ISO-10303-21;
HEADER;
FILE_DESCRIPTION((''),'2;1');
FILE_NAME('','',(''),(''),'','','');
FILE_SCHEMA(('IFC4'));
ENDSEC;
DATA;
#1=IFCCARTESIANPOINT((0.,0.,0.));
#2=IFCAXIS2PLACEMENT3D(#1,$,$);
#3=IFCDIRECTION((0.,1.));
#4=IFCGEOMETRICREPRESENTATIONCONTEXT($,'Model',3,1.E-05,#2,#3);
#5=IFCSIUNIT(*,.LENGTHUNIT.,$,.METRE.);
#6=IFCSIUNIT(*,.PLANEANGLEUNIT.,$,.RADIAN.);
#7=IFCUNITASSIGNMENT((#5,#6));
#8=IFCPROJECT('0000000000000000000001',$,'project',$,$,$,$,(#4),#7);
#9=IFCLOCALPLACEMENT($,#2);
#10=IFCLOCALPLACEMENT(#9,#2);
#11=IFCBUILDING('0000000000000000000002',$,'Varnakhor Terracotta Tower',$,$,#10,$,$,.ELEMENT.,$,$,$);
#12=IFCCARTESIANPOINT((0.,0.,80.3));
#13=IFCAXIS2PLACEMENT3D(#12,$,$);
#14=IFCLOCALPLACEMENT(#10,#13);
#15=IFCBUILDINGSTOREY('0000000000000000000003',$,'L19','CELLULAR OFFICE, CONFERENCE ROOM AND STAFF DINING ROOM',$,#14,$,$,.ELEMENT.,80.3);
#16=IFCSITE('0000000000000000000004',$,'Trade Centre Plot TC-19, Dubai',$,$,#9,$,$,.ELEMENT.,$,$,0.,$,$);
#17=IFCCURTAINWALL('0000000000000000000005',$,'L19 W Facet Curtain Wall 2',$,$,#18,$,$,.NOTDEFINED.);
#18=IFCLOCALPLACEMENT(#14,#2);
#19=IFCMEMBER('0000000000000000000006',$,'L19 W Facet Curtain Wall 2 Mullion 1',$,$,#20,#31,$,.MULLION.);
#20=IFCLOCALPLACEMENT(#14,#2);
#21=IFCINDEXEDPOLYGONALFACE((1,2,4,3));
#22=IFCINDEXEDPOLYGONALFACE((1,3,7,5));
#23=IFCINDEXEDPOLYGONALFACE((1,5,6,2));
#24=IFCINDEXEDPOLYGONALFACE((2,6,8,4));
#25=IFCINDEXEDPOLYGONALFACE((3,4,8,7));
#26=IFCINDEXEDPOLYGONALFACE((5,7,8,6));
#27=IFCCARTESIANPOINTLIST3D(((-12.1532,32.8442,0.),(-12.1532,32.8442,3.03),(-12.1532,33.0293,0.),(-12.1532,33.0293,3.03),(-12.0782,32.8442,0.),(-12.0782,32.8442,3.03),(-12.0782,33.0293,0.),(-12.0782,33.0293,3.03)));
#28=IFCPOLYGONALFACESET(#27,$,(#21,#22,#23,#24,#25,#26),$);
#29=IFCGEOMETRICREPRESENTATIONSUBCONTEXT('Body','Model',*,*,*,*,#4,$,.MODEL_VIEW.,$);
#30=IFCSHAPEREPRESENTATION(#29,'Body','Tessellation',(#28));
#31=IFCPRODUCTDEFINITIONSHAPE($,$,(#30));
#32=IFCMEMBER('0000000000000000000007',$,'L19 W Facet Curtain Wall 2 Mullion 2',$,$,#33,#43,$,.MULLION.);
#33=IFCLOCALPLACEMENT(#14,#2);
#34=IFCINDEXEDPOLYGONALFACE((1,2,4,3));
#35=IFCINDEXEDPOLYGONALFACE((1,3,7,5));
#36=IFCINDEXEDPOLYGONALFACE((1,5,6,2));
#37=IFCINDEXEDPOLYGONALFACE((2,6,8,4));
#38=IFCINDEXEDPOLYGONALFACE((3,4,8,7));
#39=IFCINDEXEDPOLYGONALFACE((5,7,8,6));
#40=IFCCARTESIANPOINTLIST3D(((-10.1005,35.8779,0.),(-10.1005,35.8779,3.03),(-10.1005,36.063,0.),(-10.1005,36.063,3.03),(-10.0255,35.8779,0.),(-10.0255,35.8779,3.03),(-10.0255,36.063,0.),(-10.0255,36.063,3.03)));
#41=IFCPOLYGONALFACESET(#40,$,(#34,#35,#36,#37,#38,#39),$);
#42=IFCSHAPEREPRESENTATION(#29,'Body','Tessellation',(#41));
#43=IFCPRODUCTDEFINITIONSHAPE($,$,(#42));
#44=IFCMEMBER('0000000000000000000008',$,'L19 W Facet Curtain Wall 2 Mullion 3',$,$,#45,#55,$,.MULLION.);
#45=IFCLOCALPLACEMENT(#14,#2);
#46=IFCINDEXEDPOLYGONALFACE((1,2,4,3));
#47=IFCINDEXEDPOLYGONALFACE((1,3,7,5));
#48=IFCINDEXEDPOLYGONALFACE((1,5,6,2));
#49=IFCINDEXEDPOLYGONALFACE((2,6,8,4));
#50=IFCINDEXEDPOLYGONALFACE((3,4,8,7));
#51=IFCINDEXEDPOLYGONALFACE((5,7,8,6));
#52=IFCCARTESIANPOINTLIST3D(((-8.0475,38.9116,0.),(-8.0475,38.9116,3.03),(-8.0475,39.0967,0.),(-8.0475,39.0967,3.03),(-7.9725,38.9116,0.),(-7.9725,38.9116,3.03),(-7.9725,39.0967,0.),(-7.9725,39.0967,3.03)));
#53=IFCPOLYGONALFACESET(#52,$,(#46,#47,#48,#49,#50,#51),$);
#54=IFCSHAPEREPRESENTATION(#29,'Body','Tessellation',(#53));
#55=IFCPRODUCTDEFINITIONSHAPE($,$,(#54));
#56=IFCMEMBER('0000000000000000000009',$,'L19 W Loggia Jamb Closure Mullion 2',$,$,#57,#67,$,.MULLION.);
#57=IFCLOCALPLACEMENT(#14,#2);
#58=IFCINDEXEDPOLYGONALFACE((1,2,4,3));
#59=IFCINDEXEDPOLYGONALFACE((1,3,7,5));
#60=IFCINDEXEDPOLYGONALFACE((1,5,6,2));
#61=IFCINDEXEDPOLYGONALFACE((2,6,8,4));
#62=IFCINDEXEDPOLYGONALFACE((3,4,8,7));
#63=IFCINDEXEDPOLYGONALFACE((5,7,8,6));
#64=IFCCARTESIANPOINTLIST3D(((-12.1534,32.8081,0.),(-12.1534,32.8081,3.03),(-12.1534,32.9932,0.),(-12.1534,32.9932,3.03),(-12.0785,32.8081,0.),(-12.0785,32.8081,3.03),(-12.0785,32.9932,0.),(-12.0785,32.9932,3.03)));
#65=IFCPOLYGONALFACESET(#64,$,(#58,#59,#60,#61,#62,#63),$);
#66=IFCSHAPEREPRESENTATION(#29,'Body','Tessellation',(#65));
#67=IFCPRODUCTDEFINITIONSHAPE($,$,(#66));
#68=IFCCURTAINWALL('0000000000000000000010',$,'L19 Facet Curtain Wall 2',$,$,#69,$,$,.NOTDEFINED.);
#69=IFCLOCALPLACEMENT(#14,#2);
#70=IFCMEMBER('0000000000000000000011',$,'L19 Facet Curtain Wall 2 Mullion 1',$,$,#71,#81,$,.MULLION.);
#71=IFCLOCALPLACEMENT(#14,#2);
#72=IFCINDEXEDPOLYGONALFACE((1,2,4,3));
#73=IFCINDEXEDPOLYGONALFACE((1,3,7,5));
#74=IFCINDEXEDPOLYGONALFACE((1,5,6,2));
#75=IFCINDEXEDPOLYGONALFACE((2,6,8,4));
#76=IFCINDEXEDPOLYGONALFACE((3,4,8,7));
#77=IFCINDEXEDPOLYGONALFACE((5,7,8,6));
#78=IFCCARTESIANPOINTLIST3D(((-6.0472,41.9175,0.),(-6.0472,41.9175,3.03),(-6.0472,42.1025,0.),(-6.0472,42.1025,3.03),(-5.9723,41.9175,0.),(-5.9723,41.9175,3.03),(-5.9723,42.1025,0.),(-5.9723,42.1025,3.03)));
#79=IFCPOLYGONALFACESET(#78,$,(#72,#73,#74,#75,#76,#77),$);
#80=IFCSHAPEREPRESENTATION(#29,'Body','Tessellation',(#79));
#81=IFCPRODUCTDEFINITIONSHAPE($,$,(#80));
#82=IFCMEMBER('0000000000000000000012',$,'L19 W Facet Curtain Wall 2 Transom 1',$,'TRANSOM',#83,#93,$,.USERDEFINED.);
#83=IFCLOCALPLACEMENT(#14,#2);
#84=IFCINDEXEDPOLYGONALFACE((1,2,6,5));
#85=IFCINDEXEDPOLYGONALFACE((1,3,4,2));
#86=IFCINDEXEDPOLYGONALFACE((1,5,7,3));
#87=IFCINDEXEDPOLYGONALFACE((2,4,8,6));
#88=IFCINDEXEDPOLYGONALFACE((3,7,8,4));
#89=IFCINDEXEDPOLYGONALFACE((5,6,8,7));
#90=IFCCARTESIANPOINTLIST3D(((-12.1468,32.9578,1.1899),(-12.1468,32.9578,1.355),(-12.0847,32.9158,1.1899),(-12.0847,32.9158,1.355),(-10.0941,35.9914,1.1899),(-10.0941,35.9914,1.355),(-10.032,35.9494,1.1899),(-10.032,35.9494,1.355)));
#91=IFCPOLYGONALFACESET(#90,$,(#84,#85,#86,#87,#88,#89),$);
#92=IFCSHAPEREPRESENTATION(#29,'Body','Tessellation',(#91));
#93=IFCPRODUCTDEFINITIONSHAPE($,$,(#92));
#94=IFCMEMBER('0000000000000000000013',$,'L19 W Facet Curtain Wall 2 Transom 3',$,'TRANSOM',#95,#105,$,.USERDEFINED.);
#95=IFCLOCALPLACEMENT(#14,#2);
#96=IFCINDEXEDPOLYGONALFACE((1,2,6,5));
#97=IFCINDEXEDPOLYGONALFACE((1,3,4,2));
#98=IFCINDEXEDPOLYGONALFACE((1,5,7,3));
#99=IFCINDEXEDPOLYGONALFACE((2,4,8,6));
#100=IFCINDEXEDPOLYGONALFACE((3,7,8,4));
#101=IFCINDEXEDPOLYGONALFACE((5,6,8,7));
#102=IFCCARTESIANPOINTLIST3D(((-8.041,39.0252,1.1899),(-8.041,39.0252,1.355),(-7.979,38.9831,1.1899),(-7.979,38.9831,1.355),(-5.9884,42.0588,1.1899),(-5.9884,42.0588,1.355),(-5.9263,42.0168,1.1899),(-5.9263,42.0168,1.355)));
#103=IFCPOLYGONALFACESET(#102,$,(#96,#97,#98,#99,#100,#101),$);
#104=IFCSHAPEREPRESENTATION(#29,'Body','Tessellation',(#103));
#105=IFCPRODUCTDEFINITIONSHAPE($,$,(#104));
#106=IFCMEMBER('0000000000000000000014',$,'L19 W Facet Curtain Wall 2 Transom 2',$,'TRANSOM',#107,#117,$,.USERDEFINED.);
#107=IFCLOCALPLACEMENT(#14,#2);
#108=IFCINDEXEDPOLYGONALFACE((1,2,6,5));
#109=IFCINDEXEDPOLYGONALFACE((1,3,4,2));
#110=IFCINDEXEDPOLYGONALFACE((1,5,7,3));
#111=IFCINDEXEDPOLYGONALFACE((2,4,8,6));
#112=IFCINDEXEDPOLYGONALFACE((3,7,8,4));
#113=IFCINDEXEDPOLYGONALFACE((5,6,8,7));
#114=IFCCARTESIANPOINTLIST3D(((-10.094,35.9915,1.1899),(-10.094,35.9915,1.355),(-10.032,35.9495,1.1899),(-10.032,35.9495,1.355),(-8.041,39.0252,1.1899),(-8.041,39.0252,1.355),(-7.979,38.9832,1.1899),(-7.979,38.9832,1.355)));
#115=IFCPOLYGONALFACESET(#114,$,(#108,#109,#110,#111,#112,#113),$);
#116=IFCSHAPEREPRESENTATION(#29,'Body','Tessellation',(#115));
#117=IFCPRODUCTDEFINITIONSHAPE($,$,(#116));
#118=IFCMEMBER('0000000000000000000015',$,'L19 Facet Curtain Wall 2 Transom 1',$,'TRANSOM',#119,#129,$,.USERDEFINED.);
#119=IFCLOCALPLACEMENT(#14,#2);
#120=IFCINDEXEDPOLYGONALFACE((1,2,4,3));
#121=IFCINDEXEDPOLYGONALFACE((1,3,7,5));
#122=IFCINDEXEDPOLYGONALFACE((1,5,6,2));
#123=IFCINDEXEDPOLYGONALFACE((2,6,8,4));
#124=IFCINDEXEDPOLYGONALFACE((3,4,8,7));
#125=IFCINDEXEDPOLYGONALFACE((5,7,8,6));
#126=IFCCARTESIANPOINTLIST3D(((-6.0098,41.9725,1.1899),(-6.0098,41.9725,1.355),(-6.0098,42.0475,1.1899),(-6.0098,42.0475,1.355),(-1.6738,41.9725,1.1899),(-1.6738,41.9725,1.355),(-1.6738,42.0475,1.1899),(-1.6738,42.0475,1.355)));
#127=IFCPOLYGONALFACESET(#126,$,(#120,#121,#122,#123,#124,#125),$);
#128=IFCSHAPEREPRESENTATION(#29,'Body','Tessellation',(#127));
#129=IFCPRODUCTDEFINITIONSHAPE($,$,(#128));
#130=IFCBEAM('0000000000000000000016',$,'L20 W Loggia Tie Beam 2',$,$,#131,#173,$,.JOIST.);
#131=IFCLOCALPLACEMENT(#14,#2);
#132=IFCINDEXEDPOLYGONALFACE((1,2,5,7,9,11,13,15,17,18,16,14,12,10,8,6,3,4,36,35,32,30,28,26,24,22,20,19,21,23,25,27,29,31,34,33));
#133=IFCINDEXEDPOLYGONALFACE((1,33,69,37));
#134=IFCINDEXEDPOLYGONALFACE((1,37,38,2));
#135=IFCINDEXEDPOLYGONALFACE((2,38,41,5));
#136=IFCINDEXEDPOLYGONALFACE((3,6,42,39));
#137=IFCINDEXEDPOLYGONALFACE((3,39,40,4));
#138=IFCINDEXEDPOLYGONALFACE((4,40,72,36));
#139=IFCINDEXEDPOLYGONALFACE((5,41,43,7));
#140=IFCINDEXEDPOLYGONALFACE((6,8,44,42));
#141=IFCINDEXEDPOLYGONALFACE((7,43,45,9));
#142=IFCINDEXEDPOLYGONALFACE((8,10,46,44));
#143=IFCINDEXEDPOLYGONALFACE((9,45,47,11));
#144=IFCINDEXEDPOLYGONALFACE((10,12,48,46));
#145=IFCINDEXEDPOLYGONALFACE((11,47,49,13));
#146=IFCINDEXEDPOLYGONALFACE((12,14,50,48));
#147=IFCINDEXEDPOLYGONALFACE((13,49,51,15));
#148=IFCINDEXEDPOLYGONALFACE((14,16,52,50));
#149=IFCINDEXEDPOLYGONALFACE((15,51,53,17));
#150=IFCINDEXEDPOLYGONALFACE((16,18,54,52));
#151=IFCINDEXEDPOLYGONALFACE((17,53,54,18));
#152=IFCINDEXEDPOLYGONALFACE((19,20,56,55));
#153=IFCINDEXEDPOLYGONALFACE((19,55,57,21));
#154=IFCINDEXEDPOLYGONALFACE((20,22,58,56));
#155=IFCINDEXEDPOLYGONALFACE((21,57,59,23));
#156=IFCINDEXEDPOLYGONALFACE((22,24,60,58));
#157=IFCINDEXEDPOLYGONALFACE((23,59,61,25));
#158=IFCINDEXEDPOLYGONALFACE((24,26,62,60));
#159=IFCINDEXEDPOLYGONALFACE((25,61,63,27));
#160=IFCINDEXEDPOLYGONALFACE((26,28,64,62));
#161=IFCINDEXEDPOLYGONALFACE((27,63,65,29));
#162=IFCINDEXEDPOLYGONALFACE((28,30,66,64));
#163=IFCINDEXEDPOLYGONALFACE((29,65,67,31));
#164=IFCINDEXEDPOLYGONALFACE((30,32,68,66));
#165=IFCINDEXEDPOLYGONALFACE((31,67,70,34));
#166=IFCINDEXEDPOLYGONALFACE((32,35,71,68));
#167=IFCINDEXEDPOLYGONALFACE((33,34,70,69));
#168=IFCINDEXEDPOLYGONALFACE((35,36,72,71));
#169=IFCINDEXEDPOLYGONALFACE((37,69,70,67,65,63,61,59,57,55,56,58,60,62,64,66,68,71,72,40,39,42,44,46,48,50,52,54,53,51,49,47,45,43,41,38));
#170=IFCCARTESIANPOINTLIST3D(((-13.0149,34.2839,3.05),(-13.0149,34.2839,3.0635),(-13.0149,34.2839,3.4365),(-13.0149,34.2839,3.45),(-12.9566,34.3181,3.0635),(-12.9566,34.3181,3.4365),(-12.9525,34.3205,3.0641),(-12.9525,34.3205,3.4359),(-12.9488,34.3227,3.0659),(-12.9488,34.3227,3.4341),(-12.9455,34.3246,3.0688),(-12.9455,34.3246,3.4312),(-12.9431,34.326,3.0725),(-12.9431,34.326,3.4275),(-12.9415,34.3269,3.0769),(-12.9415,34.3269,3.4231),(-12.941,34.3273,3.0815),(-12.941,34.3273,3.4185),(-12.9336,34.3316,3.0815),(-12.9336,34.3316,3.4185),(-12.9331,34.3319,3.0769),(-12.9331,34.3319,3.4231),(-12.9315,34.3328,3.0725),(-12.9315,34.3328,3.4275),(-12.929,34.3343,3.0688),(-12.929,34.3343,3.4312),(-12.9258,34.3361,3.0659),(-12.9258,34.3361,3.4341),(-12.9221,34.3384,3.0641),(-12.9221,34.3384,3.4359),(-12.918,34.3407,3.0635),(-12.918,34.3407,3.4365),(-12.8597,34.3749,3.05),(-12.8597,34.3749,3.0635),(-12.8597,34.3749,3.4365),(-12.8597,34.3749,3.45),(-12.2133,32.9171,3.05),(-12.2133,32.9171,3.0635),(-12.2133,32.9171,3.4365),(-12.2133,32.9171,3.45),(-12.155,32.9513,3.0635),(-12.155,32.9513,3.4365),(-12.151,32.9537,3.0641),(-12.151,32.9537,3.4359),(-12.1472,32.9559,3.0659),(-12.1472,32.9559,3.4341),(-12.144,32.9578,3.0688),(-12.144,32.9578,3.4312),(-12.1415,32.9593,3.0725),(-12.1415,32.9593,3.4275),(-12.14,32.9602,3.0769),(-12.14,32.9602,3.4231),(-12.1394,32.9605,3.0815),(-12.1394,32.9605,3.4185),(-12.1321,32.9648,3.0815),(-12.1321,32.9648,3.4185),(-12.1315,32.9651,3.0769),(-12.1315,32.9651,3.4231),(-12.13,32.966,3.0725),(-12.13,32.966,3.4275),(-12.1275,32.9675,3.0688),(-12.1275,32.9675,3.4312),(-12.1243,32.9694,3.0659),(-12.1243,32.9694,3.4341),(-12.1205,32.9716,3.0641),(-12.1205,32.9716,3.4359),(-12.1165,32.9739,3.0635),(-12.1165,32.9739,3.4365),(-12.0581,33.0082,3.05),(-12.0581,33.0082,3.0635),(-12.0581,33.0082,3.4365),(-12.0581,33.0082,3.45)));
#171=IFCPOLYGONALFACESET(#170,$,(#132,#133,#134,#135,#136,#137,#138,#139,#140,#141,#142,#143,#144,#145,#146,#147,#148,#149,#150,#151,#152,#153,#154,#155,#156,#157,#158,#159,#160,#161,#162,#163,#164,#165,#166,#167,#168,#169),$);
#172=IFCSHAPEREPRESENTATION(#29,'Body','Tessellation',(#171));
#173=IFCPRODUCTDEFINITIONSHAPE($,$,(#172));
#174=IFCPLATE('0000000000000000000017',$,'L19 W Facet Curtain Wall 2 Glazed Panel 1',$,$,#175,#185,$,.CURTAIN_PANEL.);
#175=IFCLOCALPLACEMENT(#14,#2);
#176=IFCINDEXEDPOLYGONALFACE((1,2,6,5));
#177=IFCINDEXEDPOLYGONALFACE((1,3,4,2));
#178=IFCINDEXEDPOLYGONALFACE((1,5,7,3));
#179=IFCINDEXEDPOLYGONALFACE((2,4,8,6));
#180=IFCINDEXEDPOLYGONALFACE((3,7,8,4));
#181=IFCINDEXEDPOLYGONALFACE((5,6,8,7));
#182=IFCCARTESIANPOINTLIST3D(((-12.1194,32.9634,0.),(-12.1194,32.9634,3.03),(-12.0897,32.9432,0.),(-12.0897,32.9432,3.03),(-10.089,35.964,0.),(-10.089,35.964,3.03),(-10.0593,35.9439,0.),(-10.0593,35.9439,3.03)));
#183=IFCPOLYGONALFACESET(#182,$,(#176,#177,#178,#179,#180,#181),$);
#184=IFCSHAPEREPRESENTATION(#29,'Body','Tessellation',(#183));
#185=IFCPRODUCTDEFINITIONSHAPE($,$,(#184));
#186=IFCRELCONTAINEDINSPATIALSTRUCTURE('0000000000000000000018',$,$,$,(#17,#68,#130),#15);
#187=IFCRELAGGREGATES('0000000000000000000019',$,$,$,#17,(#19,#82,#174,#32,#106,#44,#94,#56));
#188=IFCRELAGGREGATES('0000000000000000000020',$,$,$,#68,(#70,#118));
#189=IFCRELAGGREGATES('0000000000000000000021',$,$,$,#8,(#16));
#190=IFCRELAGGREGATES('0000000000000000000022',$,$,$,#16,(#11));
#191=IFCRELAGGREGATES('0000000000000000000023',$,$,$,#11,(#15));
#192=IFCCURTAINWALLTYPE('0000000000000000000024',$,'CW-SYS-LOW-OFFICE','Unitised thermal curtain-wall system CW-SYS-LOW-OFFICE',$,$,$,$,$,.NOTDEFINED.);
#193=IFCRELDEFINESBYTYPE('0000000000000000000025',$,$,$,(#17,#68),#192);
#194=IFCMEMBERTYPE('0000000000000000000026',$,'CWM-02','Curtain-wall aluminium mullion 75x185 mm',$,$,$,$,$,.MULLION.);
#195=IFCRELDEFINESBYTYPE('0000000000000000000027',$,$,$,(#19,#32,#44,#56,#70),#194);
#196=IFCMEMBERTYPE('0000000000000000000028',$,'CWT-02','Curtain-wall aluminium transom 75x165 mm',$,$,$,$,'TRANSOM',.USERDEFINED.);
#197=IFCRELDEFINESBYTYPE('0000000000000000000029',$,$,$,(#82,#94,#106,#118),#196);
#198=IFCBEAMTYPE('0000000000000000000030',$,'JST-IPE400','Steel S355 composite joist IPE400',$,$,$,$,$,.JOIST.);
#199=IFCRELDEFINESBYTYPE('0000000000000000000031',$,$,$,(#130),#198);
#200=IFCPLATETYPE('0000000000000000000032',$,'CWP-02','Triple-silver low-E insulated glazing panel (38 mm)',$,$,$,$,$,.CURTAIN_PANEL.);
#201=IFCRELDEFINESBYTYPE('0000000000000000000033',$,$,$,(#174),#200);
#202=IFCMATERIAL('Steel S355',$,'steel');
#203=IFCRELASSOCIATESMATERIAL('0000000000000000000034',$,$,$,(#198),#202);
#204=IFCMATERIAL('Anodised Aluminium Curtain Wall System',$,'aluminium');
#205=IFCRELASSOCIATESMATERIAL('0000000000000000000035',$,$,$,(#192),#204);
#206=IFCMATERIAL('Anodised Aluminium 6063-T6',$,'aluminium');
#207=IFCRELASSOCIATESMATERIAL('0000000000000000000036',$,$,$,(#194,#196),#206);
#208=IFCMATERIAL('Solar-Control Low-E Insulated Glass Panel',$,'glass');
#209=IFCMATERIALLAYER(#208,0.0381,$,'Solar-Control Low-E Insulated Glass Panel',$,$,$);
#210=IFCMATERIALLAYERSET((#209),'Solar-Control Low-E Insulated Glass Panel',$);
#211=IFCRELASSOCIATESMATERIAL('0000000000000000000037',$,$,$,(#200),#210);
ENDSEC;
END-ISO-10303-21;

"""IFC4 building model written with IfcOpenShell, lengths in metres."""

from ifc_helpers import new_model, si_unit, direction, frame, origin, origin_2d, place, context, subcontext, project, spatial, rectangle, i_section, extrude, source, transform, mapped, material, layer, layer_set, material_profile, profile_set, type_object, type_shapes, element, aggregate, save


model = new_model("IFC4")

# Units and contexts
model_context = context("Model", 3, precision=1e-05, world=origin(), true_north=direction((0.0, 1.0)))
body_context = subcontext(model_context, "Body", "Model", "MODEL_VIEW")
ifc_project = project(units=[si_unit("LENGTHUNIT", "METRE"), si_unit("PLANEANGLEUNIT", "RADIAN")], contexts=[model_context])

# Site, building, storey
site_placement = place(None, origin())
site = spatial("IfcSite", under=ifc_project, at=site_placement, Name="Trade Centre Plot TC-19, Dubai", CompositionType="ELEMENT", RefElevation=0.0)
building_placement = place(site_placement, origin())
building = spatial("IfcBuilding", under=site, at=building_placement, Name="Varnakhor Terracotta Tower", CompositionType="ELEMENT")
storey_placement = place(building_placement, frame((0.0, 0.0, 80.3)))
storey = spatial("IfcBuildingStorey", under=building, at=storey_placement, Name="L19", Description="CELLULAR OFFICE, CONFERENCE ROOM AND STAFF DINING ROOM", CompositionType="ELEMENT", Elevation=80.3)

# Shared definitions
ifc_material_1 = material(Name="Steel S355", Category="steel")
ifc_material_profile_1 = material_profile(ifc_material_1, i_section(OverallWidth=0.1799, OverallDepth=0.3999, WebThickness=0.0085, FlangeThickness=0.0134, FilletRadius=0.0181, at=origin_2d()), Name="IPE400")
ifc_profile_set_1 = profile_set([ifc_material_profile_1], Name="Steel S355")
beam_type_1 = type_object("IfcBeamType", Name="JST-IPE400", Description="Steel S355 composite joist IPE400", PredefinedType="JOIST", material=ifc_profile_set_1)

# Curtain wall, members
ifc_material_2 = material(Name="Anodised Aluminium Curtain Wall System", Category="aluminium")
curtain_wall_type = type_object("IfcCurtainWallType", Name="CW-SYS-LOW-OFFICE", Description="Unitised thermal curtain-wall system CW-SYS-LOW-OFFICE", PredefinedType="NOTDEFINED", material=ifc_material_2)
curtain_wall_1_placement = place(storey_placement, origin())
curtain_wall_1 = element("IfcCurtainWall", 1, at=curtain_wall_1_placement, inside=storey, type_object=curtain_wall_type, Name="L19 W Facet Curtain Wall 2", PredefinedType="NOTDEFINED")
ifc_material_3 = material(Name="Anodised Aluminium 6063-T6", Category="aluminium")
ifc_material_profile_2 = material_profile(ifc_material_3, rectangle(XDim=0.075, YDim=0.1851, at=origin_2d()), Name="ALU MULLION 75x185")
ifc_profile_set_2 = profile_set([ifc_material_profile_2], Name="Anodised Aluminium 6063-T6")
member_type_1 = type_object("IfcMemberType", Name="CWM-02", Description="Curtain-wall aluminium mullion 75x185 mm", PredefinedType="MULLION", material=ifc_profile_set_2)
shared_shape_1 = source(origin(), body_context, "Body", "SweptSolid", [
    extrude(rectangle(XDim=0.075, YDim=0.1851, at=origin_2d()), origin(), (0.0, 0.0, 1.0), 3.03),
])
type_shapes(member_type_1, [shared_shape_1])
member_1_placement = place(storey_placement, frame((-12.1157, 32.9368, 0.0), z_axis=(0.0, 0.0, 1.0), x_axis=(1.0, 0.0, 0.0)))
member_1 = element("IfcMember", 2, at=member_1_placement, type_object=member_type_1, Name="L19 W Facet Curtain Wall 2 Mullion 1", PredefinedType="MULLION", context=body_context, shape_type="MappedRepresentation", body=[
    mapped(shared_shape_1, transform((0.0, 0.0, 0.0), scale=1.0)),
])
member_2_placement = place(storey_placement, frame((-10.063, 35.9705, 0.0), z_axis=(0.0, 0.0, 1.0), x_axis=(1.0, 0.0, 0.0)))
member_2 = element("IfcMember", 3, at=member_2_placement, type_object=member_type_1, Name="L19 W Facet Curtain Wall 2 Mullion 2", PredefinedType="MULLION", context=body_context, shape_type="MappedRepresentation", body=[
    mapped(shared_shape_1, transform((0.0, 0.0, 0.0), scale=1.0)),
])
member_3_placement = place(storey_placement, frame((-8.01, 39.0042, 0.0), z_axis=(0.0, 0.0, 1.0), x_axis=(1.0, 0.0, 0.0)))
member_3 = element("IfcMember", 4, at=member_3_placement, type_object=member_type_1, Name="L19 W Facet Curtain Wall 2 Mullion 3", PredefinedType="MULLION", context=body_context, shape_type="MappedRepresentation", body=[
    mapped(shared_shape_1, transform((0.0, 0.0, 0.0), scale=1.0)),
])
member_4_placement = place(storey_placement, frame((-12.116, 32.9006, 0.0), z_axis=(0.0, 0.0, 1.0), x_axis=(1.0, 0.0, 0.0)))
member_4 = element("IfcMember", 5, at=member_4_placement, type_object=member_type_1, Name="L19 W Loggia Jamb Closure Mullion 2", PredefinedType="MULLION", context=body_context, shape_type="MappedRepresentation", body=[
    mapped(shared_shape_1, transform((0.0, 0.0, 0.0), scale=1.0)),
])

# Curtain wall, member
curtain_wall_2_placement = place(storey_placement, origin())
curtain_wall_2 = element("IfcCurtainWall", 6, at=curtain_wall_2_placement, inside=storey, type_object=curtain_wall_type, Name="L19 Facet Curtain Wall 2", PredefinedType="NOTDEFINED")
member_5_placement = place(storey_placement, frame((-6.0098, 42.01, 0.0), z_axis=(0.0, 0.0, 1.0), x_axis=(1.0, 0.0, 0.0)))
member_5 = element("IfcMember", 7, at=member_5_placement, type_object=member_type_1, Name="L19 Facet Curtain Wall 2 Mullion 1", PredefinedType="MULLION", context=body_context, shape_type="MappedRepresentation", body=[
    mapped(shared_shape_1, transform((0.0, 0.0, 0.0), scale=1.0)),
])

# Members
ifc_material_profile_3 = material_profile(ifc_material_3, rectangle(XDim=0.075, YDim=0.165, at=origin_2d()), Name="ALU TRANSOM 75x165")
ifc_profile_set_3 = profile_set([ifc_material_profile_3], Name="Anodised Aluminium 6063-T6")
member_type_2 = type_object("IfcMemberType", Name="CWT-02", Description="Curtain-wall aluminium transom 75x165 mm", ElementType="TRANSOM", PredefinedType="USERDEFINED", material=ifc_profile_set_3)
shared_shape_2 = source(origin(), body_context, "Body", "SweptSolid", [
    extrude(rectangle(XDim=0.075, YDim=0.165, at=origin_2d()), origin(), (0.0, 0.0, 1.0), 3.6628),
])
member_6_placement = place(storey_placement, frame((-12.1157, 32.9368, 1.2725), z_axis=(0.560409, 0.828216, 0.0), x_axis=(-0.828216, 0.560409, 0.0)))
member_6 = element("IfcMember", 8, at=member_6_placement, type_object=member_type_2, Name="L19 W Facet Curtain Wall 2 Transom 1", ObjectType="TRANSOM", PredefinedType="USERDEFINED", context=body_context, shape_type="MappedRepresentation", body=[
    mapped(shared_shape_2, transform((0.0, 0.0, 0.0), scale=1.0)),
])
member_7_placement = place(storey_placement, frame((-8.01, 39.0042, 1.2725), z_axis=(0.560409, 0.828216, 0.0), x_axis=(-0.828216, 0.560409, 0.0)))
member_7 = element("IfcMember", 9, at=member_7_placement, type_object=member_type_2, Name="L19 W Facet Curtain Wall 2 Transom 3", ObjectType="TRANSOM", PredefinedType="USERDEFINED", context=body_context, shape_type="MappedRepresentation", body=[
    mapped(shared_shape_2, transform((0.0, 0.0, 0.0), scale=1.0)),
])
shared_shape_3 = source(origin(), body_context, "Body", "SweptSolid", [
    extrude(rectangle(XDim=0.075, YDim=0.165, at=origin_2d()), origin(), (0.0, 0.0, 1.0), 3.6631),
])
member_8_placement = place(storey_placement, frame((-10.063, 35.9705, 1.2725), z_axis=(0.560455, 0.828185, 0.0), x_axis=(-0.828185, 0.560455, 0.0)))
member_8 = element("IfcMember", 10, at=member_8_placement, type_object=member_type_2, Name="L19 W Facet Curtain Wall 2 Transom 2", ObjectType="TRANSOM", PredefinedType="USERDEFINED", context=body_context, shape_type="MappedRepresentation", body=[
    mapped(shared_shape_3, transform((0.0, 0.0, 0.0), scale=1.0)),
])
shared_shape_4 = source(origin(), body_context, "Body", "SweptSolid", [
    extrude(rectangle(XDim=0.075, YDim=0.165, at=origin_2d()), origin(), (0.0, 0.0, 1.0), 4.3359),
])
member_9_placement = place(storey_placement, frame((-6.0098, 42.01, 1.2725), z_axis=(1.0, 0.0, 0.0), x_axis=(0.0, 1.0, 0.0)))
member_9 = element("IfcMember", 11, at=member_9_placement, type_object=member_type_2, Name="L19 Facet Curtain Wall 2 Transom 1", ObjectType="TRANSOM", PredefinedType="USERDEFINED", context=body_context, shape_type="MappedRepresentation", body=[
    mapped(shared_shape_4, transform((0.0, 0.0, 0.0), scale=1.0)),
])

# Beam
shared_shape_5 = source(origin(), body_context, "Body", "SweptSolid", [
    extrude(i_section(OverallWidth=0.1799, OverallDepth=0.3999, WebThickness=0.0085, FlangeThickness=0.0134, FilletRadius=0.0181, at=origin_2d()), origin(), (0.0, 0.0, 1.0), 1.5845),
])
beam_1_placement = place(storey_placement, frame((-12.1357, 32.9626, 3.25), z_axis=(-0.505882, 0.862603, 0.0), x_axis=(-0.862603, -0.505882, 0.0)))
element("IfcBeam", 12, at=beam_1_placement, inside=storey, type_object=beam_type_1, Name="L20 W Loggia Tie Beam 2", PredefinedType="JOIST", context=body_context, shape_type="MappedRepresentation", body=[
    mapped(shared_shape_5, transform((0.0, 0.0, 0.0), scale=1.0)),
])

# Plate
ifc_material_4 = material(Name="Solar-Control Low-E Insulated Glass Panel", Category="glass")
ifc_layer_1 = layer(ifc_material_4, 0.0381, Name="Solar-Control Low-E Insulated Glass Panel")
ifc_layer_set_1 = layer_set([ifc_layer_1], Name="Solar-Control Low-E Insulated Glass Panel")
plate_type = type_object("IfcPlateType", Name="CWP-02", Description="Triple-silver low-E insulated glazing panel (38 mm)", PredefinedType="CURTAIN_PANEL", material=ifc_layer_set_1)
shared_shape_6 = source(origin(), body_context, "Body", "SweptSolid", [
    extrude(rectangle(XDim=3.623, YDim=0.0359, at=origin_2d()), origin(), (0.0, 0.0, 1.0), 3.03),
])
plate_1_placement = place(storey_placement, frame((-11.0894, 34.4536, 0.0), z_axis=(0.0, 0.0, 1.0), x_axis=(0.560422, 0.828207, 0.0)))
plate_1 = element("IfcPlate", 13, at=plate_1_placement, type_object=plate_type, Name="L19 W Facet Curtain Wall 2 Glazed Panel 1", PredefinedType="CURTAIN_PANEL", context=body_context, shape_type="MappedRepresentation", body=[
    mapped(shared_shape_6, transform((0.0, 0.0, 0.0), scale=1.0)),
])
aggregate(curtain_wall_1, [member_1, member_6, plate_1, member_2, member_8, member_3, member_7, member_4])
aggregate(curtain_wall_2, [member_5, member_9])

save(model, "model.ifc")
